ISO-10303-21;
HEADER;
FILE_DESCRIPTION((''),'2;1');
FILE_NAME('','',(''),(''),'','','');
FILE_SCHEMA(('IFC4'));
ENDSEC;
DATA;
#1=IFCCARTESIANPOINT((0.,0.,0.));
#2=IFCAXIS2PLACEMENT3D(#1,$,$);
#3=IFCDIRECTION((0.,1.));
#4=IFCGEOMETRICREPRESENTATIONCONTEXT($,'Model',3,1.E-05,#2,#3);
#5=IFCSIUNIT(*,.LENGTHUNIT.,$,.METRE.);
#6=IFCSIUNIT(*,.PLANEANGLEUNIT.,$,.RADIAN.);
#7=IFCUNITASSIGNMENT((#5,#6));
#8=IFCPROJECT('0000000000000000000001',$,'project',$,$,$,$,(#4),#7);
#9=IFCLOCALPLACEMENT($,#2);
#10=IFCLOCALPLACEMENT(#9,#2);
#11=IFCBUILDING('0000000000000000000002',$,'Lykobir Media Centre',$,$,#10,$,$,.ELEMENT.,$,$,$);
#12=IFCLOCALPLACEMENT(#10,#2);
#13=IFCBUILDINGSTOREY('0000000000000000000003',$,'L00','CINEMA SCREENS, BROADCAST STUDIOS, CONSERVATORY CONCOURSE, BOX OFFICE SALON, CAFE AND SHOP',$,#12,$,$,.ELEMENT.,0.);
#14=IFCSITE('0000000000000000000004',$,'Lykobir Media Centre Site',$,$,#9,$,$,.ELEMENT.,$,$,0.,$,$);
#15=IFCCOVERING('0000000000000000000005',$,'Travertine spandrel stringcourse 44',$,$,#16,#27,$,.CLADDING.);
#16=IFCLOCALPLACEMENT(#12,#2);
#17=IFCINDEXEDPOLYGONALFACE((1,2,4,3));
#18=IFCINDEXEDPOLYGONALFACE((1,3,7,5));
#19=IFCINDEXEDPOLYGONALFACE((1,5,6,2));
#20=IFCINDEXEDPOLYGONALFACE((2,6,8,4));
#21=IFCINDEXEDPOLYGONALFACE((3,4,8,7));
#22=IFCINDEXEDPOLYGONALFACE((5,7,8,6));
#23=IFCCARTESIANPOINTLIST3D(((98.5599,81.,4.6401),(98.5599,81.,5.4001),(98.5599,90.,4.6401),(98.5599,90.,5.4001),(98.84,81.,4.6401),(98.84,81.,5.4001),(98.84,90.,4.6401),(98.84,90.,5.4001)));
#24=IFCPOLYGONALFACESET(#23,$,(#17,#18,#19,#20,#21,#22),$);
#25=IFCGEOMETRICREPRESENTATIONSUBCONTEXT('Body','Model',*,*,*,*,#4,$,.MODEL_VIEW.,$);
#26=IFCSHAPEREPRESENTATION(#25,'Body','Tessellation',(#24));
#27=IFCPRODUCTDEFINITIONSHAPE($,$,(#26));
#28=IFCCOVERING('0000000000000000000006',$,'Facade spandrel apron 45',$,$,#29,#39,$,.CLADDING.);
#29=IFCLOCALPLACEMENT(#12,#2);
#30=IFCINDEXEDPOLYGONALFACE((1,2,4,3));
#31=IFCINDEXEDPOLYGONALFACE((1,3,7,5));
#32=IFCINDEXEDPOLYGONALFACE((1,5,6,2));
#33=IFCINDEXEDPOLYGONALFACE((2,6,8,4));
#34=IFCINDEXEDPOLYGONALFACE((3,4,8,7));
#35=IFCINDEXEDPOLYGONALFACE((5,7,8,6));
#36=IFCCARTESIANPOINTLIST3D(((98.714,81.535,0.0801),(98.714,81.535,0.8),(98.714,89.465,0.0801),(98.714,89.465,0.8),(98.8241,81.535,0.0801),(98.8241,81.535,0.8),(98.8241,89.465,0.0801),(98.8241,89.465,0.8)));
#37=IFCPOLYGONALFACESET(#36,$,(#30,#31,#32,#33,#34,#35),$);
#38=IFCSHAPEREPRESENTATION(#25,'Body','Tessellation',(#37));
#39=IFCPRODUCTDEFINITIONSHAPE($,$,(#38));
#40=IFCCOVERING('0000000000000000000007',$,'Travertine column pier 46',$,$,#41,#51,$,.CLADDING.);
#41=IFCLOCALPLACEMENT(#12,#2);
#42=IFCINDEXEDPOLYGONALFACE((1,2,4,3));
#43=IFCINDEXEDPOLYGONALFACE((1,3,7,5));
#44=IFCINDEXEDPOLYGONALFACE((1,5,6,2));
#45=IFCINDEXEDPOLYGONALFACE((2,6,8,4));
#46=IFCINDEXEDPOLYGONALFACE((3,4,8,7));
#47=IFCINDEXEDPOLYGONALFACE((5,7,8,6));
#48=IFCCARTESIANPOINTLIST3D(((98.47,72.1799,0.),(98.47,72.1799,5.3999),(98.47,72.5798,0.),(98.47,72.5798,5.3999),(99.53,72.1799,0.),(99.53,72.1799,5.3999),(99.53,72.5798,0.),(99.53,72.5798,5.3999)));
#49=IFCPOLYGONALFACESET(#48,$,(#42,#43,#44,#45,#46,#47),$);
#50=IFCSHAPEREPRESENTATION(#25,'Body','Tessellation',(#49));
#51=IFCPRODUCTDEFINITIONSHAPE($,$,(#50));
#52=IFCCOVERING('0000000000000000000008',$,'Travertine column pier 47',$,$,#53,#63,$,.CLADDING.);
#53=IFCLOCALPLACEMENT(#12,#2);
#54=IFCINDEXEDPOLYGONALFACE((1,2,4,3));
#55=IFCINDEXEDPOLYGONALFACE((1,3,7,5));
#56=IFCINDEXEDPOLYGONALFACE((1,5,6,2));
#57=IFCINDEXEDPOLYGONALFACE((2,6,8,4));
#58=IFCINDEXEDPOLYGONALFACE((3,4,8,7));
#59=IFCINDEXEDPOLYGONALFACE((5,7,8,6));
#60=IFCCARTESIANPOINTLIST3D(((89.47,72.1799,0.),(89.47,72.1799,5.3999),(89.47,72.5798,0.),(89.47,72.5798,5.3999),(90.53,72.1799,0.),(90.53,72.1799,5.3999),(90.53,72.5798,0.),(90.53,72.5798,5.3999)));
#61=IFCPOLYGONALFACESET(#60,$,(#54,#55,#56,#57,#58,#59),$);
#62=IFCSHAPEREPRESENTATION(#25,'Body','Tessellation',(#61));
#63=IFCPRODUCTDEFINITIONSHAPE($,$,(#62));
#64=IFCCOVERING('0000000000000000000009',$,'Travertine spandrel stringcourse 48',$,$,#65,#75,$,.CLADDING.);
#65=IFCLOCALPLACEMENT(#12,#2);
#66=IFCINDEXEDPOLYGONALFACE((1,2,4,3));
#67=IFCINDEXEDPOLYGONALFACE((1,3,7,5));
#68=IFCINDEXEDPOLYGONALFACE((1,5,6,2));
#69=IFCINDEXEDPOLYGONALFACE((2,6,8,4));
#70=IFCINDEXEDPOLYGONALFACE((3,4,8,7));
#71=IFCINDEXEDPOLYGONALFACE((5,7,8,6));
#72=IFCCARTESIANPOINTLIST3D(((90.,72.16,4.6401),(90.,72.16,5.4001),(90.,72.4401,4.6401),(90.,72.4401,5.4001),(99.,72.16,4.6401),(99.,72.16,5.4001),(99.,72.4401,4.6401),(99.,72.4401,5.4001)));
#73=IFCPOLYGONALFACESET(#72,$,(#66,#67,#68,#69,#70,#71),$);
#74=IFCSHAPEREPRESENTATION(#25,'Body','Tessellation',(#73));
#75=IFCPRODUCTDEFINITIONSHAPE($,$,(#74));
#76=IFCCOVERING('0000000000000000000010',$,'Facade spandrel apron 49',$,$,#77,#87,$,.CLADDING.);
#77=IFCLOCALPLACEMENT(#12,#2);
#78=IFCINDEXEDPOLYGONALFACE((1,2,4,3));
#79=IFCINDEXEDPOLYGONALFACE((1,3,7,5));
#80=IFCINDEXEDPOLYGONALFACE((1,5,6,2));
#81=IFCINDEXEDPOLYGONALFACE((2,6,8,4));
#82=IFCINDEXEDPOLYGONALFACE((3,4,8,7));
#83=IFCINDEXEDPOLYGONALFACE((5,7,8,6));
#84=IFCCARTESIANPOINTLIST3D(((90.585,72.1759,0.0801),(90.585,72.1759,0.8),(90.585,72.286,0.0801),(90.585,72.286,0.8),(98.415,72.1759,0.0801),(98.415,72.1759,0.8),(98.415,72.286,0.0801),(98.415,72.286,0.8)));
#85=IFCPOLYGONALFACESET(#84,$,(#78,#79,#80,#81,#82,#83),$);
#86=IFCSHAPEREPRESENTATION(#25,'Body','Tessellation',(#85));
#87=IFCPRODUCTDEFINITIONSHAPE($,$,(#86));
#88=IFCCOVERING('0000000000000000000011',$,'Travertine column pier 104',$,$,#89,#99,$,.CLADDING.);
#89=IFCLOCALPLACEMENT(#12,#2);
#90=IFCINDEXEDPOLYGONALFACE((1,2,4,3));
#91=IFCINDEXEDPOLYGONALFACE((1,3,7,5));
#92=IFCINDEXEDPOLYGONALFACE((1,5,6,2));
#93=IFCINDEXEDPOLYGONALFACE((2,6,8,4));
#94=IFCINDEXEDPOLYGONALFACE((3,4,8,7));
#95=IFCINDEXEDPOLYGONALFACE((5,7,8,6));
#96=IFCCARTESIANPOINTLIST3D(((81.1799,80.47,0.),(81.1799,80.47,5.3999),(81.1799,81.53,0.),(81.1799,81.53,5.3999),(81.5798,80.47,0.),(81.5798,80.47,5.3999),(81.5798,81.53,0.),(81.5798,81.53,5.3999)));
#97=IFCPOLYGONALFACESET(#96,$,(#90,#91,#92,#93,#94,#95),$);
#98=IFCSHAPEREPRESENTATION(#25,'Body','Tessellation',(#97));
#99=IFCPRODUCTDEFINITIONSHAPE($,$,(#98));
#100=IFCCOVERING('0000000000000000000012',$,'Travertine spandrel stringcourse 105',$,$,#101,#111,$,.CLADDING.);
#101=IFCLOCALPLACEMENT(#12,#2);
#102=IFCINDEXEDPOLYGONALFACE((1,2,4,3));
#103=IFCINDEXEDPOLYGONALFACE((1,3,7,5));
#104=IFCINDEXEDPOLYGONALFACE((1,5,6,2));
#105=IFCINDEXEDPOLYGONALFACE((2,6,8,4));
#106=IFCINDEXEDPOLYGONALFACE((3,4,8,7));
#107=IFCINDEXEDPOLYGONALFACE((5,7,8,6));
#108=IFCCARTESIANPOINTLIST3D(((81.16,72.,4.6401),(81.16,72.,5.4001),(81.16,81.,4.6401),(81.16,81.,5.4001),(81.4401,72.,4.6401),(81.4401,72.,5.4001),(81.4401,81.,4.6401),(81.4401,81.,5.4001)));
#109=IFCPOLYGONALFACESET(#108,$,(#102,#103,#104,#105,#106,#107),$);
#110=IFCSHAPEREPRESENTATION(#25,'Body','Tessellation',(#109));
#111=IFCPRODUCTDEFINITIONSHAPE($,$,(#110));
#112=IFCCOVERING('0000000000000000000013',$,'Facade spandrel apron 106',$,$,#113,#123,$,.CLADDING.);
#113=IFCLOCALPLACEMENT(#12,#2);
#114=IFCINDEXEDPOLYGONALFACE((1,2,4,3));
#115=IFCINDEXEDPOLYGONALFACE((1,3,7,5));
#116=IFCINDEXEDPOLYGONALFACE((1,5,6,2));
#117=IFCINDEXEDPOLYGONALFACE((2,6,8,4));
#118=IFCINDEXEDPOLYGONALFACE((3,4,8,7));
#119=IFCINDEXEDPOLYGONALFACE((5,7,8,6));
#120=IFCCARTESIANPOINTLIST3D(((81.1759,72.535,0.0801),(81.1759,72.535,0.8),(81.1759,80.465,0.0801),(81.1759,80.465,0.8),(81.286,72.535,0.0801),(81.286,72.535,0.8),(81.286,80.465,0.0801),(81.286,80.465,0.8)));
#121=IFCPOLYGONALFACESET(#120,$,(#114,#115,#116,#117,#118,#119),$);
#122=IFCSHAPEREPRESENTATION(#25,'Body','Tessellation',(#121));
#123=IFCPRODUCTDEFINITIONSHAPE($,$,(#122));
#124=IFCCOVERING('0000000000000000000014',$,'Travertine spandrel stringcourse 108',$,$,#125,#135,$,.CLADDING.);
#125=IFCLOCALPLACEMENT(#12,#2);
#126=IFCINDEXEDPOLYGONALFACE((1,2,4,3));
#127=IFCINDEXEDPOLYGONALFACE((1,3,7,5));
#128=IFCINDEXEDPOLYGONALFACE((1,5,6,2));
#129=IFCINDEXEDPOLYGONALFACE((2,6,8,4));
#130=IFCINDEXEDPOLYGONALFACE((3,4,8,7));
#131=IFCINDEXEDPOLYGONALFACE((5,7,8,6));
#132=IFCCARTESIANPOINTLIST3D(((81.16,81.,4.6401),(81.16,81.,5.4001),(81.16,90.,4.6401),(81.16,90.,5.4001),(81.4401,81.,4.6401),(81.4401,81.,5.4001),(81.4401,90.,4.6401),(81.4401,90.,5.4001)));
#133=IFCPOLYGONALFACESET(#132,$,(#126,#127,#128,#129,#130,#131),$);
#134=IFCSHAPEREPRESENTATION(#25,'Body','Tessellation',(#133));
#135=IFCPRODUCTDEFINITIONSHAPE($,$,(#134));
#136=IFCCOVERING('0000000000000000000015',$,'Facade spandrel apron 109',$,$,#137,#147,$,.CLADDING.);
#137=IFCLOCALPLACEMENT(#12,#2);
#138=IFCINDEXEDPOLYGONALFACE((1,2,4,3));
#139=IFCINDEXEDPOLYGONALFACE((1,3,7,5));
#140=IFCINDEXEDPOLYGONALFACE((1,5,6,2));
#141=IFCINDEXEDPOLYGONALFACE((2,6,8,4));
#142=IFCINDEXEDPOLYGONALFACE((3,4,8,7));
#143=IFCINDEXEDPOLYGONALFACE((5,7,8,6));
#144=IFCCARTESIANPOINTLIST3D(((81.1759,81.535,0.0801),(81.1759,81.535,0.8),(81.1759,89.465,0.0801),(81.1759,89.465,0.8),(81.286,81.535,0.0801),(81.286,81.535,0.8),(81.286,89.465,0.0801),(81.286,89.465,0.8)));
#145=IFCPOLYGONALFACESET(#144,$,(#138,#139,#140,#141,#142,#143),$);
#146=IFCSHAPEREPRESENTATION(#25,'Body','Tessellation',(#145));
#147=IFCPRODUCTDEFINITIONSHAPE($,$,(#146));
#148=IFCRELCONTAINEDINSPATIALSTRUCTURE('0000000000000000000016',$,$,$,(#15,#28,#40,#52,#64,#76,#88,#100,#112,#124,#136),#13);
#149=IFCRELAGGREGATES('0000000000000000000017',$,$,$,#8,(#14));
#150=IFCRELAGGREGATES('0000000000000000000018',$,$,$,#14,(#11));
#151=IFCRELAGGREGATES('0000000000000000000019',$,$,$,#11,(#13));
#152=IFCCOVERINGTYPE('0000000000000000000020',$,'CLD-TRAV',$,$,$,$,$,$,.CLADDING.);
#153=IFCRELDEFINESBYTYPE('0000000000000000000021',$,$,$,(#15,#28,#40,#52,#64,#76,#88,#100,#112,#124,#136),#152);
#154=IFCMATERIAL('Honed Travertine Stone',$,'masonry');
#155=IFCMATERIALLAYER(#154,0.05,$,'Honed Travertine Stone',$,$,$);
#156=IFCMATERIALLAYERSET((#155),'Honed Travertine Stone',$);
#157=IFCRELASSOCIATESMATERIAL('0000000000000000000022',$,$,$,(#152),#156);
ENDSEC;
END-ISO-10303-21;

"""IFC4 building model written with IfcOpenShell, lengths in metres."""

from ifc_helpers import new_model, si_unit, direction, frame, origin, origin_2d, place, context, subcontext, project, spatial, rectangle, extrude, material, layer, layer_set, type_object, element, save


model = new_model("IFC4")

# Units and contexts
model_context = context("Model", 3, precision=1e-05, world=origin(), true_north=direction((0.0, 1.0)))
body_context = subcontext(model_context, "Body", "Model", "MODEL_VIEW")
ifc_project = project(units=[si_unit("LENGTHUNIT", "METRE"), si_unit("PLANEANGLEUNIT", "RADIAN")], contexts=[model_context])

# Site, building, storey
site_placement = place(None, origin())
site = spatial("IfcSite", under=ifc_project, at=site_placement, Name="Lykobir Media Centre Site", CompositionType="ELEMENT", RefElevation=0.0)
building_placement = place(site_placement, origin())
building = spatial("IfcBuilding", under=site, at=building_placement, Name="Lykobir Media Centre", CompositionType="ELEMENT")
storey_placement = place(building_placement, origin())
storey = spatial("IfcBuildingStorey", under=building, at=storey_placement, Name="L00", Description="CINEMA SCREENS, BROADCAST STUDIOS, CONSERVATORY CONCOURSE, BOX OFFICE SALON, CAFE AND SHOP", CompositionType="ELEMENT", Elevation=0.0)

# Shared definitions
ifc_material_1 = material(Name="Honed Travertine Stone", Category="masonry")

# Coverings
ifc_layer_1 = layer(ifc_material_1, 0.05, Name="Honed Travertine Stone")
ifc_layer_set_1 = layer_set([ifc_layer_1], Name="Honed Travertine Stone")
covering_type = type_object("IfcCoveringType", Name="CLD-TRAV", PredefinedType="CLADDING", material=ifc_layer_set_1)
covering_1_placement = place(storey_placement, frame((98.7, 85.5, 4.6401), z_axis=(0.0, 0.0, 1.0), x_axis=(0.0, -1.0, 0.0)))
element("IfcCovering", 1, at=covering_1_placement, inside=storey, type_object=covering_type, Name="Travertine spandrel stringcourse 44", PredefinedType="CLADDING", context=body_context, shape_type="SweptSolid", body=[
    extrude(rectangle(XDim=9.0, YDim=0.28, at=origin_2d()), origin(), (0.0, 0.0, 1.0), 0.76),
])
covering_2_placement = place(storey_placement, frame((98.769, 85.5, 0.0801), z_axis=(0.0, 0.0, 1.0), x_axis=(0.0, -1.0, 0.0)))
element("IfcCovering", 2, at=covering_2_placement, inside=storey, type_object=covering_type, Name="Facade spandrel apron 45", PredefinedType="CLADDING", context=body_context, shape_type="SweptSolid", body=[
    extrude(rectangle(XDim=7.9299, YDim=0.1101, at=origin_2d()), origin(), (0.0, 0.0, 1.0), 0.72),
])
for number, where, z_axis, x_axis, name in (
    (3, (99.0, 72.3799, 0.0), (0.0, 0.0, 1.0), (-1.0, 0.0, 0.0), "Travertine column pier 46"),
    (4, (90.0, 72.3799, 0.0), (0.0, 0.0, 1.0), (-1.0, 0.0, 0.0), "Travertine column pier 47"),
):
    element("IfcCovering", number, at=place(storey_placement, frame(where, z_axis=z_axis, x_axis=x_axis)), inside=storey, type_object=covering_type, Name=name, PredefinedType="CLADDING", context=body_context, shape_type="SweptSolid", body=[
        extrude(rectangle(XDim=1.0601, YDim=0.3999, at=origin_2d()), origin(), (0.0, 0.0, 1.0), 5.3999),
    ])
covering_3_placement = place(storey_placement, frame((94.5, 72.3, 4.6401), z_axis=(0.0, 0.0, 1.0), x_axis=(-1.0, 0.0, 0.0)))
element("IfcCovering", 5, at=covering_3_placement, inside=storey, type_object=covering_type, Name="Travertine spandrel stringcourse 48", PredefinedType="CLADDING", context=body_context, shape_type="SweptSolid", body=[
    extrude(rectangle(XDim=9.0, YDim=0.28, at=origin_2d()), origin(), (0.0, 0.0, 1.0), 0.76),
])
covering_4_placement = place(storey_placement, frame((94.5, 72.231, 0.0801), z_axis=(0.0, 0.0, 1.0), x_axis=(-1.0, 0.0, 0.0)))
element("IfcCovering", 6, at=covering_4_placement, inside=storey, type_object=covering_type, Name="Facade spandrel apron 49", PredefinedType="CLADDING", context=body_context, shape_type="SweptSolid", body=[
    extrude(rectangle(XDim=7.8301, YDim=0.1101, at=origin_2d()), origin(), (0.0, 0.0, 1.0), 0.72),
])
covering_5_placement = place(storey_placement, frame((81.3799, 81.0, 0.0), z_axis=(0.0, 0.0, 1.0), x_axis=(0.0, 1.0, 0.0)))
element("IfcCovering", 7, at=covering_5_placement, inside=storey, type_object=covering_type, Name="Travertine column pier 104", PredefinedType="CLADDING", context=body_context, shape_type="SweptSolid", body=[
    extrude(rectangle(XDim=1.0601, YDim=0.3999, at=origin_2d()), origin(), (0.0, 0.0, 1.0), 5.3999),
])
covering_6_placement = place(storey_placement, frame((81.3, 76.5, 4.6401), z_axis=(0.0, 0.0, 1.0), x_axis=(0.0, 1.0, 0.0)))
element("IfcCovering", 8, at=covering_6_placement, inside=storey, type_object=covering_type, Name="Travertine spandrel stringcourse 105", PredefinedType="CLADDING", context=body_context, shape_type="SweptSolid", body=[
    extrude(rectangle(XDim=9.0, YDim=0.28, at=origin_2d()), origin(), (0.0, 0.0, 1.0), 0.76),
])
covering_7_placement = place(storey_placement, frame((81.231, 76.5, 0.0801), z_axis=(0.0, 0.0, 1.0), x_axis=(0.0, 1.0, 0.0)))
element("IfcCovering", 9, at=covering_7_placement, inside=storey, type_object=covering_type, Name="Facade spandrel apron 106", PredefinedType="CLADDING", context=body_context, shape_type="SweptSolid", body=[
    extrude(rectangle(XDim=7.9299, YDim=0.1101, at=origin_2d()), origin(), (0.0, 0.0, 1.0), 0.72),
])
covering_8_placement = place(storey_placement, frame((81.3, 85.5, 4.6401), z_axis=(0.0, 0.0, 1.0), x_axis=(0.0, 1.0, 0.0)))
element("IfcCovering", 10, at=covering_8_placement, inside=storey, type_object=covering_type, Name="Travertine spandrel stringcourse 108", PredefinedType="CLADDING", context=body_context, shape_type="SweptSolid", body=[
    extrude(rectangle(XDim=9.0, YDim=0.28, at=origin_2d()), origin(), (0.0, 0.0, 1.0), 0.76),
])
covering_9_placement = place(storey_placement, frame((81.231, 85.5, 0.0801), z_axis=(0.0, 0.0, 1.0), x_axis=(0.0, 1.0, 0.0)))
element("IfcCovering", 11, at=covering_9_placement, inside=storey, type_object=covering_type, Name="Facade spandrel apron 109", PredefinedType="CLADDING", context=body_context, shape_type="SweptSolid", body=[
    extrude(rectangle(XDim=7.9299, YDim=0.1101, at=origin_2d()), origin(), (0.0, 0.0, 1.0), 0.72),
])

save(model, "model.ifc")
